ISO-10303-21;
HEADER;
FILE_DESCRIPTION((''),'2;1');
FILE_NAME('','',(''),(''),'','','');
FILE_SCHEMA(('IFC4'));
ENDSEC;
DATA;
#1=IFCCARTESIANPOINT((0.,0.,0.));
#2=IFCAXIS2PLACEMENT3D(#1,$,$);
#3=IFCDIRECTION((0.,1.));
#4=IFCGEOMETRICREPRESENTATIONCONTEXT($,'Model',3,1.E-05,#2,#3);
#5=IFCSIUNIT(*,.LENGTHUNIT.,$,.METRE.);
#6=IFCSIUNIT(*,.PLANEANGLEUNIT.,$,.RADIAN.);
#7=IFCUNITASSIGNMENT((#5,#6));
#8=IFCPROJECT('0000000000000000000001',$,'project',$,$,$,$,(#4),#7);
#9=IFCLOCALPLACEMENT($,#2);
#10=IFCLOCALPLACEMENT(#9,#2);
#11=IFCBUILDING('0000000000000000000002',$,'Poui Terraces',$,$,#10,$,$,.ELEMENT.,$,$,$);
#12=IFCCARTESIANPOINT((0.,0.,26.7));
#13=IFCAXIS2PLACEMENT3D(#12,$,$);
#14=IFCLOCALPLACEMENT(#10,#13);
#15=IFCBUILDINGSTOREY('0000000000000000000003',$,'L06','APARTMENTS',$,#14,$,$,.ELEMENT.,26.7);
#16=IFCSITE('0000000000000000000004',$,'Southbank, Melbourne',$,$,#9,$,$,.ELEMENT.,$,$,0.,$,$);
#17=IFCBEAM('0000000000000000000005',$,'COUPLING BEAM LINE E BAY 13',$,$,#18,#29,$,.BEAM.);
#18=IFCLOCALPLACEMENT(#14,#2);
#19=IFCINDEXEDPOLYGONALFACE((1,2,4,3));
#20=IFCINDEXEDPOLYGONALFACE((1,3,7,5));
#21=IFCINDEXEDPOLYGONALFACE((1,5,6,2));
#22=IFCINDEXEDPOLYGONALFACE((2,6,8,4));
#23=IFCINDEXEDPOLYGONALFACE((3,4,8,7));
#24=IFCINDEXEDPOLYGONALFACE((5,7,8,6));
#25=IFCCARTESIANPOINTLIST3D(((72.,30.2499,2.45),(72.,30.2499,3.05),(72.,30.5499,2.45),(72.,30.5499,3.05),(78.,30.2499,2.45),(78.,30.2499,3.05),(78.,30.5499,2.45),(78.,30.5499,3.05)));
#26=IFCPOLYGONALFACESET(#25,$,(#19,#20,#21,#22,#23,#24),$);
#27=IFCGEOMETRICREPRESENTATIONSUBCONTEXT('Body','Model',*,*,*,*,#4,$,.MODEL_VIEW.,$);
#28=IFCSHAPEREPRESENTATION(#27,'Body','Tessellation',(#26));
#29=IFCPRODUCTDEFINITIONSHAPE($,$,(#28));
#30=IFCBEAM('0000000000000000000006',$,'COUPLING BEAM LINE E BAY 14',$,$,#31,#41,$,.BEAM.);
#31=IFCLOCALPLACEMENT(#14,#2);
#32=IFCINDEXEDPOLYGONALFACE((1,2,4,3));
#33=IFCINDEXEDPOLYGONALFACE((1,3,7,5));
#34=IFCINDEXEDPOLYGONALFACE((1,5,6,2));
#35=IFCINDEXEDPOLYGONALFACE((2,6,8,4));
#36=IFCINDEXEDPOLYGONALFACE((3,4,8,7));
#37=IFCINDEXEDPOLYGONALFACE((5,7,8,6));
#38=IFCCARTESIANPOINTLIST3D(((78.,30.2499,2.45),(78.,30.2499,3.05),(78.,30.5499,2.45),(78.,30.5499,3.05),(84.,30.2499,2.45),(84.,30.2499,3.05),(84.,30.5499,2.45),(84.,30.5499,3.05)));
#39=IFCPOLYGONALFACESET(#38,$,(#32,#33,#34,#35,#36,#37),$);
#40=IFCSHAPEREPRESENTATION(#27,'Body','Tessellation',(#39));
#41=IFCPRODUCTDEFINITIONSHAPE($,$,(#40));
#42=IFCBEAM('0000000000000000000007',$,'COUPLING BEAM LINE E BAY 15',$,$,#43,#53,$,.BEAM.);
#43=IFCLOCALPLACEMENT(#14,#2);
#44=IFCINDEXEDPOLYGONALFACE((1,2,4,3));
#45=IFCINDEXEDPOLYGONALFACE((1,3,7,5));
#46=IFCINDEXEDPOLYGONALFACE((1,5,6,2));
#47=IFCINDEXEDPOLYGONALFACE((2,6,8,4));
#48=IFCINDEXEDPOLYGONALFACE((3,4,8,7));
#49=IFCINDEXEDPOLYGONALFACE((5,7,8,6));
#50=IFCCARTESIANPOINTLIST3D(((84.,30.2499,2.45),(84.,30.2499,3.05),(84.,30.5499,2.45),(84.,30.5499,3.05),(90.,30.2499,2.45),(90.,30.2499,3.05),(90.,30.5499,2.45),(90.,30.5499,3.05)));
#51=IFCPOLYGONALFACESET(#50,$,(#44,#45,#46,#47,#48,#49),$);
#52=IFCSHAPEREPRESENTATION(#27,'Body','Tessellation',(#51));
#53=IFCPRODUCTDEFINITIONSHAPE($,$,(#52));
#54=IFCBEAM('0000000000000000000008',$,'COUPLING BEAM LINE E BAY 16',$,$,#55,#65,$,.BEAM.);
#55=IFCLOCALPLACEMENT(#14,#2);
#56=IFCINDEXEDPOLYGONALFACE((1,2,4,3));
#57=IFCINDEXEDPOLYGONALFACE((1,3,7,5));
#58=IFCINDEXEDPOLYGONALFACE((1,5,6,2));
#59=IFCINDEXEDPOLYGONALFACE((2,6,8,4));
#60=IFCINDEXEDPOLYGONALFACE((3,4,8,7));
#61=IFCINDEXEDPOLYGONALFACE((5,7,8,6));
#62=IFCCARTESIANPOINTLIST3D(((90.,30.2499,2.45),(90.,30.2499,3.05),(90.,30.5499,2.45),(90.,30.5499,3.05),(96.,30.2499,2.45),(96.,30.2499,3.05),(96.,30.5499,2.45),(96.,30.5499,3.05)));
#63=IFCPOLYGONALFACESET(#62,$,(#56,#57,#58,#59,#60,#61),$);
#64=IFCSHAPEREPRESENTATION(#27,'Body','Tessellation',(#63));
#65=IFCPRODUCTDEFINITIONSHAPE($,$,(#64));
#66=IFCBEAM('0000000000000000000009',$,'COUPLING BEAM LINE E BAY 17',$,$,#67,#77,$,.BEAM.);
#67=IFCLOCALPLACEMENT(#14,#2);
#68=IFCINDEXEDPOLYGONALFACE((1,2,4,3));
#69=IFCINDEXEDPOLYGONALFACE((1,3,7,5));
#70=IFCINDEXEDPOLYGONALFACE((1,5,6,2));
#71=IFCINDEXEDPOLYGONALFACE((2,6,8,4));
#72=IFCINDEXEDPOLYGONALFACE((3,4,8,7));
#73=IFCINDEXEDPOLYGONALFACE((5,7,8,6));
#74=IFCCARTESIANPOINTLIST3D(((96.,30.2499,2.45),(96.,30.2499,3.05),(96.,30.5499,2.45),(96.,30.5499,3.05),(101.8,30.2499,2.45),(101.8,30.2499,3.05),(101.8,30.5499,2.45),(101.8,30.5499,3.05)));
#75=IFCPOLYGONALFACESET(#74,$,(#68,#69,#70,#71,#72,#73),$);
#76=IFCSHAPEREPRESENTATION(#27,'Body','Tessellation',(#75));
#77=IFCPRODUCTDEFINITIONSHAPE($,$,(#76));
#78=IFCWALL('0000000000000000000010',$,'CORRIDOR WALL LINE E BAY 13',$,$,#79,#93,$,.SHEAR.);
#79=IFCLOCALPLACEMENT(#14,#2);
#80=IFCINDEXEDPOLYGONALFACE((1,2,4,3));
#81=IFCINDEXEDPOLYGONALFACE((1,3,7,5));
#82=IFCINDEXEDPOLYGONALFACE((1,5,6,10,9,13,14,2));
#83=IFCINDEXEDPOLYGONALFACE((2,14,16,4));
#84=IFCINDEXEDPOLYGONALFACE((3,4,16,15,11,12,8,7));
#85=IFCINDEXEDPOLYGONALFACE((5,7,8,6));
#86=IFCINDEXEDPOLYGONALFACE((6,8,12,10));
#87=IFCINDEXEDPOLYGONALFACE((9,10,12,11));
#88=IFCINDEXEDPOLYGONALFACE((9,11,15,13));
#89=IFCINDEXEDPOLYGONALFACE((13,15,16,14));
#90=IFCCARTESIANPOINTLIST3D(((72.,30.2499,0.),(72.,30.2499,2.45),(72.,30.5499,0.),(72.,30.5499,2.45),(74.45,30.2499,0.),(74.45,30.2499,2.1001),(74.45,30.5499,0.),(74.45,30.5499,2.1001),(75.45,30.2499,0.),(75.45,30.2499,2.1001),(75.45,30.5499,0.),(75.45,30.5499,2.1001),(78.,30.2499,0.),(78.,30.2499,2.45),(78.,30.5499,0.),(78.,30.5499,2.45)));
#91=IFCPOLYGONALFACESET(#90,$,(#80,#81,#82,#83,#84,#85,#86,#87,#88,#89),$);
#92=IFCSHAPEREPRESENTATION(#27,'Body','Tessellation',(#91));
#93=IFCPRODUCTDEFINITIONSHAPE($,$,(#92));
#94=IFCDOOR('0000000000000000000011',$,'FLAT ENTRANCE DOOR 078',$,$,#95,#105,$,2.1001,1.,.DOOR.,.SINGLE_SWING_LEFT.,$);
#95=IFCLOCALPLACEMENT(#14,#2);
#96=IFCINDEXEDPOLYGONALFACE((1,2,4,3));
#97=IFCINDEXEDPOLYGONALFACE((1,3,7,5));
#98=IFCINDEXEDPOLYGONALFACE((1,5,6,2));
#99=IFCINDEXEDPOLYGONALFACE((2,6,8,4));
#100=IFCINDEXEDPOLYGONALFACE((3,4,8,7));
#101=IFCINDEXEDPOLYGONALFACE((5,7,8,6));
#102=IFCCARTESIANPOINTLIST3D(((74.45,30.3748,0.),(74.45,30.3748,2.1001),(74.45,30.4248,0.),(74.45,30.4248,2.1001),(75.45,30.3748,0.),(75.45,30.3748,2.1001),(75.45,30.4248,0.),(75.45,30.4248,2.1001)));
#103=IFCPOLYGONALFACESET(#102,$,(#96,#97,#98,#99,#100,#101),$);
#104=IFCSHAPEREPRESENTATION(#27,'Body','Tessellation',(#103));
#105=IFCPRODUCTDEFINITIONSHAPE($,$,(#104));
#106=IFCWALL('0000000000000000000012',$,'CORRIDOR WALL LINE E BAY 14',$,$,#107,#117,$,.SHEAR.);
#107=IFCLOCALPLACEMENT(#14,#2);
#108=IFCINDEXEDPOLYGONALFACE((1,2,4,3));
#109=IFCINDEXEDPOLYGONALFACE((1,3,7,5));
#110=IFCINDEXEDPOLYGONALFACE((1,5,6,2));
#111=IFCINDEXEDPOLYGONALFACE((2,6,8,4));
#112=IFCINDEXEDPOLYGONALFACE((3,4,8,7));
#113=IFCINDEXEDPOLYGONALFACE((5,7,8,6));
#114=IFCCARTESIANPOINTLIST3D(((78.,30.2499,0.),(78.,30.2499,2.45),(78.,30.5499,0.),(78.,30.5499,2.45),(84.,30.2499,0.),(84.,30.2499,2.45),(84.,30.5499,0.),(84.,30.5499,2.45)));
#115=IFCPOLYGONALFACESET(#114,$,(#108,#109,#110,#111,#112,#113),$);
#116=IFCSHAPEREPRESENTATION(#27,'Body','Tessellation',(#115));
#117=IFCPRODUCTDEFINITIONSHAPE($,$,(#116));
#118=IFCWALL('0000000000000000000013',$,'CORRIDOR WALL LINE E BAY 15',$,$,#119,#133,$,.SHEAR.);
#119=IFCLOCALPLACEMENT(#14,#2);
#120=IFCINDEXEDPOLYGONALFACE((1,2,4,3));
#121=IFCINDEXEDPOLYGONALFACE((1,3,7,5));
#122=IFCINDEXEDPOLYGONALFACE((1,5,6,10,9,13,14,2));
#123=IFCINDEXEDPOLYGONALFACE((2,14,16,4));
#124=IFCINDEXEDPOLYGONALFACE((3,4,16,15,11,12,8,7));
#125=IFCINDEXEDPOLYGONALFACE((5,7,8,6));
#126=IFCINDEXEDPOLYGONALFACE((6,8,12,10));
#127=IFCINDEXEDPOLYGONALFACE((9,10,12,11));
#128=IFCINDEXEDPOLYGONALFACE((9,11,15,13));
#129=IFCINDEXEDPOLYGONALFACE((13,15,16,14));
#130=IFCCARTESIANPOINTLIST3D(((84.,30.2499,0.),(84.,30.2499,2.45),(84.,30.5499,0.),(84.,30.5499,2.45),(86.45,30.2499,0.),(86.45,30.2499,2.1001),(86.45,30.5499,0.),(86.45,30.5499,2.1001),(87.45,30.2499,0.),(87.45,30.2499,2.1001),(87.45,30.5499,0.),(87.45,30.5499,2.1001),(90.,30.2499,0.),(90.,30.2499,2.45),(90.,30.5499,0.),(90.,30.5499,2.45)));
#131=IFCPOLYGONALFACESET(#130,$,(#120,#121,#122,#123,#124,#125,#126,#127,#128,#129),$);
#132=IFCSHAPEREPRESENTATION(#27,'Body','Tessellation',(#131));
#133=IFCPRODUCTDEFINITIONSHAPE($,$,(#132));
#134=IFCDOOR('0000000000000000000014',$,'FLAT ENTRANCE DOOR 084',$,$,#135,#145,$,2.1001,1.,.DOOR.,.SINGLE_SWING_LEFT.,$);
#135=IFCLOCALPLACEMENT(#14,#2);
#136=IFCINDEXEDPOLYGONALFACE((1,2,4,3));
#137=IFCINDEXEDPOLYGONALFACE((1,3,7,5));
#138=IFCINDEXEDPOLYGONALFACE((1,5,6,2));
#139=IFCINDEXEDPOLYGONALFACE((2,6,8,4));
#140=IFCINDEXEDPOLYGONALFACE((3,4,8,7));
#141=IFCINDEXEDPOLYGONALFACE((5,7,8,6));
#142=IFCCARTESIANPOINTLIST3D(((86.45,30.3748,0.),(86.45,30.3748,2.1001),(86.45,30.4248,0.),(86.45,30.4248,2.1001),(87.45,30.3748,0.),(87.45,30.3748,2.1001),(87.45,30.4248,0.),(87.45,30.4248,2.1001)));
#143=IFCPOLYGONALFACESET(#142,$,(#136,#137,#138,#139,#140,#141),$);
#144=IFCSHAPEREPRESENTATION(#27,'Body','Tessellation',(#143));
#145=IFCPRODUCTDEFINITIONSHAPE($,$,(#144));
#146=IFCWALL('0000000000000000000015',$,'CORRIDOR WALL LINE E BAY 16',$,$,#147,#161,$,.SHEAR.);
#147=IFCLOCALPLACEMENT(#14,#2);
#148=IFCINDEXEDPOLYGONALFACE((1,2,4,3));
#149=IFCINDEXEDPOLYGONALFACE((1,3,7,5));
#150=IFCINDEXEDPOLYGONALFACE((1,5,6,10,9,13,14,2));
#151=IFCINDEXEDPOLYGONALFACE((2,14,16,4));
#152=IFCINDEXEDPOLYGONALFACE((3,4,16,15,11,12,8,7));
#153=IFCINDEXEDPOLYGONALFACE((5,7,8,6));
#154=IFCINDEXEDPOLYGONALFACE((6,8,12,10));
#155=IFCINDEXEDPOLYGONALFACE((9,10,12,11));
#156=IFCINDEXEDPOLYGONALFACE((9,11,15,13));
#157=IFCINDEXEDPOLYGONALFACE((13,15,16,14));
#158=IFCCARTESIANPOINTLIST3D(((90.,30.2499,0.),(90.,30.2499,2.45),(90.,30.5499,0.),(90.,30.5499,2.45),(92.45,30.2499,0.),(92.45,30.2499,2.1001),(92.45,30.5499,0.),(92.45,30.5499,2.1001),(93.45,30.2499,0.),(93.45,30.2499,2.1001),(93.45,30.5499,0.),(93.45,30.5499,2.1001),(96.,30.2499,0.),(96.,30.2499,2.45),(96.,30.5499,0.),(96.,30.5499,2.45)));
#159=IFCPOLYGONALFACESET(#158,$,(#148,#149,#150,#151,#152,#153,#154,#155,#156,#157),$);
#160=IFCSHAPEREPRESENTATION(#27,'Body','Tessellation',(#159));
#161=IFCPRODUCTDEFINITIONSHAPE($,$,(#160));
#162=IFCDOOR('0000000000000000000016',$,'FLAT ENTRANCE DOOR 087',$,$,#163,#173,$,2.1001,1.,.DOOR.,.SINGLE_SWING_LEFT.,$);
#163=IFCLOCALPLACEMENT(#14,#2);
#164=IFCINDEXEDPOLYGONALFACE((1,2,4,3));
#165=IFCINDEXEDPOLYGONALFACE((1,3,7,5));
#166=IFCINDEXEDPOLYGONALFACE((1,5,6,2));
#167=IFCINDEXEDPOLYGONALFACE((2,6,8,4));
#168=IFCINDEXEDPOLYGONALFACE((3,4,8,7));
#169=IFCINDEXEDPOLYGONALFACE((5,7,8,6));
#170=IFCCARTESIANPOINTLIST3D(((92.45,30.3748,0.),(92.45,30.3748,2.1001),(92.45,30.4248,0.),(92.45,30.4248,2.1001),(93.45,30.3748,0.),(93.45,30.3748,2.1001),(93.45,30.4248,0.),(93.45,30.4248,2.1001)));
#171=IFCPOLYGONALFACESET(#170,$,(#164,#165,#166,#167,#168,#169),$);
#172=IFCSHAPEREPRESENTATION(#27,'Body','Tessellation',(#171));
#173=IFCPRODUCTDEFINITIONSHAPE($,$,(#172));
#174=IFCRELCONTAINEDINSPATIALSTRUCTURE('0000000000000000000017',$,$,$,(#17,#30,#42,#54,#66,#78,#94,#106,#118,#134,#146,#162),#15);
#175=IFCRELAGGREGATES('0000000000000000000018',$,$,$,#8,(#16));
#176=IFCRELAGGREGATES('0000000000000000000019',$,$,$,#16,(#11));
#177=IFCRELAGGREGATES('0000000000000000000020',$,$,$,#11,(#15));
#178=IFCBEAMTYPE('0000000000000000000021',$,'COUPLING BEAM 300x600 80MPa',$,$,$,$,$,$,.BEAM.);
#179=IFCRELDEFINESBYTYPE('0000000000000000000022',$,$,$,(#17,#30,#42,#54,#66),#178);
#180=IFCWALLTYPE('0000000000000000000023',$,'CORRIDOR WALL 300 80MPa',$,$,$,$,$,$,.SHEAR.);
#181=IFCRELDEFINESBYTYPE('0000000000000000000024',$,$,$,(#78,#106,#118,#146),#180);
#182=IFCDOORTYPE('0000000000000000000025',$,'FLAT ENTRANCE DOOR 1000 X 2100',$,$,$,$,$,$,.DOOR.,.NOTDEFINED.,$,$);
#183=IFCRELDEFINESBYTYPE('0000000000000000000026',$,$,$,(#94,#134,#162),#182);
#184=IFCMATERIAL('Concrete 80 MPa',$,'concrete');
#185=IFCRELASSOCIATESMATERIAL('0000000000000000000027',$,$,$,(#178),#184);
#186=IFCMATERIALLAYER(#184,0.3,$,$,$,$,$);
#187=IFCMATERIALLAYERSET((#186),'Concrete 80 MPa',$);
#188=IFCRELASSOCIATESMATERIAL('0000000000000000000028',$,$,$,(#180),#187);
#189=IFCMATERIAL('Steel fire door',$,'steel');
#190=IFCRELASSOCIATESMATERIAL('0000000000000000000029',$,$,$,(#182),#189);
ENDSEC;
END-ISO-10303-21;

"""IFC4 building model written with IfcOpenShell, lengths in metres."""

from ifc_helpers import new_model, si_unit, direction, frame, frame_2d, origin, origin_2d, place, context, subcontext, project, spatial, rectangle, extrude, source, transform, mapped, material, layer, layer_set, material_profile, profile_set, type_object, element, fill, save


model = new_model("IFC4")

# Units and contexts
model_context = context("Model", 3, precision=1e-05, world=origin(), true_north=direction((0.0, 1.0)))
body_context = subcontext(model_context, "Body", "Model", "MODEL_VIEW")
ifc_project = project(units=[si_unit("LENGTHUNIT", "METRE"), si_unit("PLANEANGLEUNIT", "RADIAN")], contexts=[model_context])

# Site, building, storey
site_placement = place(None, origin())
site = spatial("IfcSite", under=ifc_project, at=site_placement, Name="Southbank, Melbourne", CompositionType="ELEMENT", RefElevation=0.0)
building_placement = place(site_placement, origin())
building = spatial("IfcBuilding", under=site, at=building_placement, Name="Poui Terraces", CompositionType="ELEMENT")
storey_placement = place(building_placement, frame((0.0, 0.0, 26.7)))
storey = spatial("IfcBuildingStorey", under=building, at=storey_placement, Name="L06", Description="APARTMENTS", CompositionType="ELEMENT", Elevation=26.7)

# Beams
ifc_material_1 = material(Name="Concrete 80 MPa", Category="concrete")
ifc_material_profile = material_profile(ifc_material_1, rectangle(XDim=0.3, YDim=0.6001, at=origin_2d()), Name="RC 300x600")
ifc_profile_set = profile_set([ifc_material_profile], Name="Concrete 80 MPa")
beam_type = type_object("IfcBeamType", Name="COUPLING BEAM 300x600 80MPa", PredefinedType="BEAM", material=ifc_profile_set)
shared_shape_1 = source(origin(), body_context, "Body", "SweptSolid", [
    extrude(rectangle(XDim=0.3, YDim=0.6001, at=origin_2d()), origin(), (0.0, 0.0, 1.0), 6.0),
])
for number, where, z_axis, x_axis, name in (
    (1, (72.0, 30.3999, 2.75), (1.0, 0.0, 0.0), (0.0, 1.0, 0.0), "COUPLING BEAM LINE E BAY 13"),
    (2, (78.0, 30.3999, 2.75), (1.0, 0.0, 0.0), (0.0, 1.0, 0.0), "COUPLING BEAM LINE E BAY 14"),
    (3, (84.0, 30.3999, 2.75), (1.0, 0.0, 0.0), (0.0, 1.0, 0.0), "COUPLING BEAM LINE E BAY 15"),
    (4, (90.0, 30.3999, 2.75), (1.0, 0.0, 0.0), (0.0, 1.0, 0.0), "COUPLING BEAM LINE E BAY 16"),
):
    element("IfcBeam", number, at=place(storey_placement, frame(where, z_axis=z_axis, x_axis=x_axis)), inside=storey, type_object=beam_type, Name=name, PredefinedType="BEAM", context=body_context, shape_type="MappedRepresentation", body=[
        mapped(shared_shape_1, transform((0.0, 0.0, 0.0))),
    ])
shared_shape_2 = source(origin(), body_context, "Body", "SweptSolid", [
    extrude(rectangle(XDim=0.3, YDim=0.6001, at=origin_2d()), origin(), (0.0, 0.0, 1.0), 5.8),
])
beam_placement = place(storey_placement, frame((96.0, 30.3999, 2.75), z_axis=(1.0, 0.0, 0.0), x_axis=(0.0, 1.0, 0.0)))
element("IfcBeam", 5, at=beam_placement, inside=storey, type_object=beam_type, Name="COUPLING BEAM LINE E BAY 17", PredefinedType="BEAM", context=body_context, shape_type="MappedRepresentation", body=[
    mapped(shared_shape_2, transform((0.0, 0.0, 0.0))),
])

# Wall, opening, door
ifc_layer_1 = layer(ifc_material_1, 0.3)
ifc_layer_set_1 = layer_set([ifc_layer_1], Name="Concrete 80 MPa")
wall_type_1 = type_object("IfcWallType", Name="CORRIDOR WALL 300 80MPa", PredefinedType="SHEAR", material=ifc_layer_set_1)
wall_1_placement = place(storey_placement, frame((72.0, 30.3999, 0.0), z_axis=(0.0, 0.0, 1.0), x_axis=(1.0, 0.0, 0.0)))
wall_1 = element("IfcWall", 6, at=wall_1_placement, inside=storey, type_object=wall_type_1, Name="CORRIDOR WALL LINE E BAY 13", PredefinedType="SHEAR", context=body_context, shape_type="SweptSolid", body=[
    extrude(rectangle(XDim=6.0, YDim=0.3, at=frame_2d((3.0, 0.0))), origin(), (0.0, 0.0, 1.0), 2.45),
])
opening_1_placement = place(wall_1_placement, frame((2.45, 0.0, 0.0)))
opening_1 = element("IfcOpeningElement", 7, at=opening_1_placement, cuts=wall_1, PredefinedType="OPENING", context=body_context, shape_type="SweptSolid", body=[
    extrude(rectangle(XDim=1.0, YDim=2.1001, at=frame_2d((0.5, 1.05))), frame((0.0, 0.1602, 0.0), z_axis=(0.0, -1.0, 0.0), x_axis=(1.0, 0.0, 0.0)), (0.0, 0.0, 1.0), 0.3201),
])
ifc_material_2 = material(Name="Steel fire door", Category="steel")
door_type_1 = type_object("IfcDoorType", Name="FLAT ENTRANCE DOOR 1000 X 2100", OperationType="NOTDEFINED", PredefinedType="DOOR", material=ifc_material_2)
door_1_placement = place(opening_1_placement, origin())
door_1 = element("IfcDoor", 8, at=door_1_placement, inside=storey, type_object=door_type_1, Name="FLAT ENTRANCE DOOR 078", OperationType="SINGLE_SWING_LEFT", OverallHeight=2.1001, OverallWidth=1.0, PredefinedType="DOOR", context=body_context, shape_type="SweptSolid", body=[
    extrude(rectangle(XDim=1.0, YDim=2.1001, at=frame_2d((0.5, 1.05))), frame((0.0, 0.0249, 0.0), z_axis=(0.0, -1.0, 0.0), x_axis=(1.0, 0.0, 0.0)), (0.0, 0.0, 1.0), 0.05),
])
fill(opening_1, door_1)

# Wall
wall_2_placement = place(storey_placement, frame((78.0, 30.3999, 0.0), z_axis=(0.0, 0.0, 1.0), x_axis=(1.0, 0.0, 0.0)))
element("IfcWall", 9, at=wall_2_placement, inside=storey, type_object=wall_type_1, Name="CORRIDOR WALL LINE E BAY 14", PredefinedType="SHEAR", context=body_context, shape_type="SweptSolid", body=[
    extrude(rectangle(XDim=6.0, YDim=0.3, at=frame_2d((3.0, 0.0))), origin(), (0.0, 0.0, 1.0), 2.45),
])

# Walls, openings, doors
wall_3_placement = place(storey_placement, frame((84.0, 30.3999, 0.0), z_axis=(0.0, 0.0, 1.0), x_axis=(1.0, 0.0, 0.0)))
wall_3 = element("IfcWall", 10, at=wall_3_placement, inside=storey, type_object=wall_type_1, Name="CORRIDOR WALL LINE E BAY 15", PredefinedType="SHEAR", context=body_context, shape_type="SweptSolid", body=[
    extrude(rectangle(XDim=6.0, YDim=0.3, at=frame_2d((3.0, 0.0))), origin(), (0.0, 0.0, 1.0), 2.45),
])
opening_2_placement = place(wall_3_placement, frame((2.45, 0.0, 0.0)))
opening_2 = element("IfcOpeningElement", 11, at=opening_2_placement, cuts=wall_3, PredefinedType="OPENING", context=body_context, shape_type="SweptSolid", body=[
    extrude(rectangle(XDim=1.0, YDim=2.1001, at=frame_2d((0.5, 1.05))), frame((0.0, 0.1602, 0.0), z_axis=(0.0, -1.0, 0.0), x_axis=(1.0, 0.0, 0.0)), (0.0, 0.0, 1.0), 0.3201),
])
door_2_placement = place(opening_2_placement, origin())
door_2 = element("IfcDoor", 12, at=door_2_placement, inside=storey, type_object=door_type_1, Name="FLAT ENTRANCE DOOR 084", OperationType="SINGLE_SWING_LEFT", OverallHeight=2.1001, OverallWidth=1.0, PredefinedType="DOOR", context=body_context, shape_type="SweptSolid", body=[
    extrude(rectangle(XDim=1.0, YDim=2.1001, at=frame_2d((0.5, 1.05))), frame((0.0, 0.0249, 0.0), z_axis=(0.0, -1.0, 0.0), x_axis=(1.0, 0.0, 0.0)), (0.0, 0.0, 1.0), 0.05),
])
fill(opening_2, door_2)
wall_4_placement = place(storey_placement, frame((90.0, 30.3999, 0.0), z_axis=(0.0, 0.0, 1.0), x_axis=(1.0, 0.0, 0.0)))
wall_4 = element("IfcWall", 13, at=wall_4_placement, inside=storey, type_object=wall_type_1, Name="CORRIDOR WALL LINE E BAY 16", PredefinedType="SHEAR", context=body_context, shape_type="SweptSolid", body=[
    extrude(rectangle(XDim=6.0, YDim=0.3, at=frame_2d((3.0, 0.0))), origin(), (0.0, 0.0, 1.0), 2.45),
])
opening_3_placement = place(wall_4_placement, frame((2.45, 0.0, 0.0)))
opening_3 = element("IfcOpeningElement", 14, at=opening_3_placement, cuts=wall_4, PredefinedType="OPENING", context=body_context, shape_type="SweptSolid", body=[
    extrude(rectangle(XDim=1.0, YDim=2.1001, at=frame_2d((0.5, 1.05))), frame((0.0, 0.1602, 0.0), z_axis=(0.0, -1.0, 0.0), x_axis=(1.0, 0.0, 0.0)), (0.0, 0.0, 1.0), 0.3201),
])
door_3_placement = place(opening_3_placement, origin())
door_3 = element("IfcDoor", 15, at=door_3_placement, inside=storey, type_object=door_type_1, Name="FLAT ENTRANCE DOOR 087", OperationType="SINGLE_SWING_LEFT", OverallHeight=2.1001, OverallWidth=1.0, PredefinedType="DOOR", context=body_context, shape_type="SweptSolid", body=[
    extrude(rectangle(XDim=1.0, YDim=2.1001, at=frame_2d((0.5, 1.05))), frame((0.0, 0.0249, 0.0), z_axis=(0.0, -1.0, 0.0), x_axis=(1.0, 0.0, 0.0)), (0.0, 0.0, 1.0), 0.05),
])
fill(opening_3, door_3)

save(model, "model.ifc")
